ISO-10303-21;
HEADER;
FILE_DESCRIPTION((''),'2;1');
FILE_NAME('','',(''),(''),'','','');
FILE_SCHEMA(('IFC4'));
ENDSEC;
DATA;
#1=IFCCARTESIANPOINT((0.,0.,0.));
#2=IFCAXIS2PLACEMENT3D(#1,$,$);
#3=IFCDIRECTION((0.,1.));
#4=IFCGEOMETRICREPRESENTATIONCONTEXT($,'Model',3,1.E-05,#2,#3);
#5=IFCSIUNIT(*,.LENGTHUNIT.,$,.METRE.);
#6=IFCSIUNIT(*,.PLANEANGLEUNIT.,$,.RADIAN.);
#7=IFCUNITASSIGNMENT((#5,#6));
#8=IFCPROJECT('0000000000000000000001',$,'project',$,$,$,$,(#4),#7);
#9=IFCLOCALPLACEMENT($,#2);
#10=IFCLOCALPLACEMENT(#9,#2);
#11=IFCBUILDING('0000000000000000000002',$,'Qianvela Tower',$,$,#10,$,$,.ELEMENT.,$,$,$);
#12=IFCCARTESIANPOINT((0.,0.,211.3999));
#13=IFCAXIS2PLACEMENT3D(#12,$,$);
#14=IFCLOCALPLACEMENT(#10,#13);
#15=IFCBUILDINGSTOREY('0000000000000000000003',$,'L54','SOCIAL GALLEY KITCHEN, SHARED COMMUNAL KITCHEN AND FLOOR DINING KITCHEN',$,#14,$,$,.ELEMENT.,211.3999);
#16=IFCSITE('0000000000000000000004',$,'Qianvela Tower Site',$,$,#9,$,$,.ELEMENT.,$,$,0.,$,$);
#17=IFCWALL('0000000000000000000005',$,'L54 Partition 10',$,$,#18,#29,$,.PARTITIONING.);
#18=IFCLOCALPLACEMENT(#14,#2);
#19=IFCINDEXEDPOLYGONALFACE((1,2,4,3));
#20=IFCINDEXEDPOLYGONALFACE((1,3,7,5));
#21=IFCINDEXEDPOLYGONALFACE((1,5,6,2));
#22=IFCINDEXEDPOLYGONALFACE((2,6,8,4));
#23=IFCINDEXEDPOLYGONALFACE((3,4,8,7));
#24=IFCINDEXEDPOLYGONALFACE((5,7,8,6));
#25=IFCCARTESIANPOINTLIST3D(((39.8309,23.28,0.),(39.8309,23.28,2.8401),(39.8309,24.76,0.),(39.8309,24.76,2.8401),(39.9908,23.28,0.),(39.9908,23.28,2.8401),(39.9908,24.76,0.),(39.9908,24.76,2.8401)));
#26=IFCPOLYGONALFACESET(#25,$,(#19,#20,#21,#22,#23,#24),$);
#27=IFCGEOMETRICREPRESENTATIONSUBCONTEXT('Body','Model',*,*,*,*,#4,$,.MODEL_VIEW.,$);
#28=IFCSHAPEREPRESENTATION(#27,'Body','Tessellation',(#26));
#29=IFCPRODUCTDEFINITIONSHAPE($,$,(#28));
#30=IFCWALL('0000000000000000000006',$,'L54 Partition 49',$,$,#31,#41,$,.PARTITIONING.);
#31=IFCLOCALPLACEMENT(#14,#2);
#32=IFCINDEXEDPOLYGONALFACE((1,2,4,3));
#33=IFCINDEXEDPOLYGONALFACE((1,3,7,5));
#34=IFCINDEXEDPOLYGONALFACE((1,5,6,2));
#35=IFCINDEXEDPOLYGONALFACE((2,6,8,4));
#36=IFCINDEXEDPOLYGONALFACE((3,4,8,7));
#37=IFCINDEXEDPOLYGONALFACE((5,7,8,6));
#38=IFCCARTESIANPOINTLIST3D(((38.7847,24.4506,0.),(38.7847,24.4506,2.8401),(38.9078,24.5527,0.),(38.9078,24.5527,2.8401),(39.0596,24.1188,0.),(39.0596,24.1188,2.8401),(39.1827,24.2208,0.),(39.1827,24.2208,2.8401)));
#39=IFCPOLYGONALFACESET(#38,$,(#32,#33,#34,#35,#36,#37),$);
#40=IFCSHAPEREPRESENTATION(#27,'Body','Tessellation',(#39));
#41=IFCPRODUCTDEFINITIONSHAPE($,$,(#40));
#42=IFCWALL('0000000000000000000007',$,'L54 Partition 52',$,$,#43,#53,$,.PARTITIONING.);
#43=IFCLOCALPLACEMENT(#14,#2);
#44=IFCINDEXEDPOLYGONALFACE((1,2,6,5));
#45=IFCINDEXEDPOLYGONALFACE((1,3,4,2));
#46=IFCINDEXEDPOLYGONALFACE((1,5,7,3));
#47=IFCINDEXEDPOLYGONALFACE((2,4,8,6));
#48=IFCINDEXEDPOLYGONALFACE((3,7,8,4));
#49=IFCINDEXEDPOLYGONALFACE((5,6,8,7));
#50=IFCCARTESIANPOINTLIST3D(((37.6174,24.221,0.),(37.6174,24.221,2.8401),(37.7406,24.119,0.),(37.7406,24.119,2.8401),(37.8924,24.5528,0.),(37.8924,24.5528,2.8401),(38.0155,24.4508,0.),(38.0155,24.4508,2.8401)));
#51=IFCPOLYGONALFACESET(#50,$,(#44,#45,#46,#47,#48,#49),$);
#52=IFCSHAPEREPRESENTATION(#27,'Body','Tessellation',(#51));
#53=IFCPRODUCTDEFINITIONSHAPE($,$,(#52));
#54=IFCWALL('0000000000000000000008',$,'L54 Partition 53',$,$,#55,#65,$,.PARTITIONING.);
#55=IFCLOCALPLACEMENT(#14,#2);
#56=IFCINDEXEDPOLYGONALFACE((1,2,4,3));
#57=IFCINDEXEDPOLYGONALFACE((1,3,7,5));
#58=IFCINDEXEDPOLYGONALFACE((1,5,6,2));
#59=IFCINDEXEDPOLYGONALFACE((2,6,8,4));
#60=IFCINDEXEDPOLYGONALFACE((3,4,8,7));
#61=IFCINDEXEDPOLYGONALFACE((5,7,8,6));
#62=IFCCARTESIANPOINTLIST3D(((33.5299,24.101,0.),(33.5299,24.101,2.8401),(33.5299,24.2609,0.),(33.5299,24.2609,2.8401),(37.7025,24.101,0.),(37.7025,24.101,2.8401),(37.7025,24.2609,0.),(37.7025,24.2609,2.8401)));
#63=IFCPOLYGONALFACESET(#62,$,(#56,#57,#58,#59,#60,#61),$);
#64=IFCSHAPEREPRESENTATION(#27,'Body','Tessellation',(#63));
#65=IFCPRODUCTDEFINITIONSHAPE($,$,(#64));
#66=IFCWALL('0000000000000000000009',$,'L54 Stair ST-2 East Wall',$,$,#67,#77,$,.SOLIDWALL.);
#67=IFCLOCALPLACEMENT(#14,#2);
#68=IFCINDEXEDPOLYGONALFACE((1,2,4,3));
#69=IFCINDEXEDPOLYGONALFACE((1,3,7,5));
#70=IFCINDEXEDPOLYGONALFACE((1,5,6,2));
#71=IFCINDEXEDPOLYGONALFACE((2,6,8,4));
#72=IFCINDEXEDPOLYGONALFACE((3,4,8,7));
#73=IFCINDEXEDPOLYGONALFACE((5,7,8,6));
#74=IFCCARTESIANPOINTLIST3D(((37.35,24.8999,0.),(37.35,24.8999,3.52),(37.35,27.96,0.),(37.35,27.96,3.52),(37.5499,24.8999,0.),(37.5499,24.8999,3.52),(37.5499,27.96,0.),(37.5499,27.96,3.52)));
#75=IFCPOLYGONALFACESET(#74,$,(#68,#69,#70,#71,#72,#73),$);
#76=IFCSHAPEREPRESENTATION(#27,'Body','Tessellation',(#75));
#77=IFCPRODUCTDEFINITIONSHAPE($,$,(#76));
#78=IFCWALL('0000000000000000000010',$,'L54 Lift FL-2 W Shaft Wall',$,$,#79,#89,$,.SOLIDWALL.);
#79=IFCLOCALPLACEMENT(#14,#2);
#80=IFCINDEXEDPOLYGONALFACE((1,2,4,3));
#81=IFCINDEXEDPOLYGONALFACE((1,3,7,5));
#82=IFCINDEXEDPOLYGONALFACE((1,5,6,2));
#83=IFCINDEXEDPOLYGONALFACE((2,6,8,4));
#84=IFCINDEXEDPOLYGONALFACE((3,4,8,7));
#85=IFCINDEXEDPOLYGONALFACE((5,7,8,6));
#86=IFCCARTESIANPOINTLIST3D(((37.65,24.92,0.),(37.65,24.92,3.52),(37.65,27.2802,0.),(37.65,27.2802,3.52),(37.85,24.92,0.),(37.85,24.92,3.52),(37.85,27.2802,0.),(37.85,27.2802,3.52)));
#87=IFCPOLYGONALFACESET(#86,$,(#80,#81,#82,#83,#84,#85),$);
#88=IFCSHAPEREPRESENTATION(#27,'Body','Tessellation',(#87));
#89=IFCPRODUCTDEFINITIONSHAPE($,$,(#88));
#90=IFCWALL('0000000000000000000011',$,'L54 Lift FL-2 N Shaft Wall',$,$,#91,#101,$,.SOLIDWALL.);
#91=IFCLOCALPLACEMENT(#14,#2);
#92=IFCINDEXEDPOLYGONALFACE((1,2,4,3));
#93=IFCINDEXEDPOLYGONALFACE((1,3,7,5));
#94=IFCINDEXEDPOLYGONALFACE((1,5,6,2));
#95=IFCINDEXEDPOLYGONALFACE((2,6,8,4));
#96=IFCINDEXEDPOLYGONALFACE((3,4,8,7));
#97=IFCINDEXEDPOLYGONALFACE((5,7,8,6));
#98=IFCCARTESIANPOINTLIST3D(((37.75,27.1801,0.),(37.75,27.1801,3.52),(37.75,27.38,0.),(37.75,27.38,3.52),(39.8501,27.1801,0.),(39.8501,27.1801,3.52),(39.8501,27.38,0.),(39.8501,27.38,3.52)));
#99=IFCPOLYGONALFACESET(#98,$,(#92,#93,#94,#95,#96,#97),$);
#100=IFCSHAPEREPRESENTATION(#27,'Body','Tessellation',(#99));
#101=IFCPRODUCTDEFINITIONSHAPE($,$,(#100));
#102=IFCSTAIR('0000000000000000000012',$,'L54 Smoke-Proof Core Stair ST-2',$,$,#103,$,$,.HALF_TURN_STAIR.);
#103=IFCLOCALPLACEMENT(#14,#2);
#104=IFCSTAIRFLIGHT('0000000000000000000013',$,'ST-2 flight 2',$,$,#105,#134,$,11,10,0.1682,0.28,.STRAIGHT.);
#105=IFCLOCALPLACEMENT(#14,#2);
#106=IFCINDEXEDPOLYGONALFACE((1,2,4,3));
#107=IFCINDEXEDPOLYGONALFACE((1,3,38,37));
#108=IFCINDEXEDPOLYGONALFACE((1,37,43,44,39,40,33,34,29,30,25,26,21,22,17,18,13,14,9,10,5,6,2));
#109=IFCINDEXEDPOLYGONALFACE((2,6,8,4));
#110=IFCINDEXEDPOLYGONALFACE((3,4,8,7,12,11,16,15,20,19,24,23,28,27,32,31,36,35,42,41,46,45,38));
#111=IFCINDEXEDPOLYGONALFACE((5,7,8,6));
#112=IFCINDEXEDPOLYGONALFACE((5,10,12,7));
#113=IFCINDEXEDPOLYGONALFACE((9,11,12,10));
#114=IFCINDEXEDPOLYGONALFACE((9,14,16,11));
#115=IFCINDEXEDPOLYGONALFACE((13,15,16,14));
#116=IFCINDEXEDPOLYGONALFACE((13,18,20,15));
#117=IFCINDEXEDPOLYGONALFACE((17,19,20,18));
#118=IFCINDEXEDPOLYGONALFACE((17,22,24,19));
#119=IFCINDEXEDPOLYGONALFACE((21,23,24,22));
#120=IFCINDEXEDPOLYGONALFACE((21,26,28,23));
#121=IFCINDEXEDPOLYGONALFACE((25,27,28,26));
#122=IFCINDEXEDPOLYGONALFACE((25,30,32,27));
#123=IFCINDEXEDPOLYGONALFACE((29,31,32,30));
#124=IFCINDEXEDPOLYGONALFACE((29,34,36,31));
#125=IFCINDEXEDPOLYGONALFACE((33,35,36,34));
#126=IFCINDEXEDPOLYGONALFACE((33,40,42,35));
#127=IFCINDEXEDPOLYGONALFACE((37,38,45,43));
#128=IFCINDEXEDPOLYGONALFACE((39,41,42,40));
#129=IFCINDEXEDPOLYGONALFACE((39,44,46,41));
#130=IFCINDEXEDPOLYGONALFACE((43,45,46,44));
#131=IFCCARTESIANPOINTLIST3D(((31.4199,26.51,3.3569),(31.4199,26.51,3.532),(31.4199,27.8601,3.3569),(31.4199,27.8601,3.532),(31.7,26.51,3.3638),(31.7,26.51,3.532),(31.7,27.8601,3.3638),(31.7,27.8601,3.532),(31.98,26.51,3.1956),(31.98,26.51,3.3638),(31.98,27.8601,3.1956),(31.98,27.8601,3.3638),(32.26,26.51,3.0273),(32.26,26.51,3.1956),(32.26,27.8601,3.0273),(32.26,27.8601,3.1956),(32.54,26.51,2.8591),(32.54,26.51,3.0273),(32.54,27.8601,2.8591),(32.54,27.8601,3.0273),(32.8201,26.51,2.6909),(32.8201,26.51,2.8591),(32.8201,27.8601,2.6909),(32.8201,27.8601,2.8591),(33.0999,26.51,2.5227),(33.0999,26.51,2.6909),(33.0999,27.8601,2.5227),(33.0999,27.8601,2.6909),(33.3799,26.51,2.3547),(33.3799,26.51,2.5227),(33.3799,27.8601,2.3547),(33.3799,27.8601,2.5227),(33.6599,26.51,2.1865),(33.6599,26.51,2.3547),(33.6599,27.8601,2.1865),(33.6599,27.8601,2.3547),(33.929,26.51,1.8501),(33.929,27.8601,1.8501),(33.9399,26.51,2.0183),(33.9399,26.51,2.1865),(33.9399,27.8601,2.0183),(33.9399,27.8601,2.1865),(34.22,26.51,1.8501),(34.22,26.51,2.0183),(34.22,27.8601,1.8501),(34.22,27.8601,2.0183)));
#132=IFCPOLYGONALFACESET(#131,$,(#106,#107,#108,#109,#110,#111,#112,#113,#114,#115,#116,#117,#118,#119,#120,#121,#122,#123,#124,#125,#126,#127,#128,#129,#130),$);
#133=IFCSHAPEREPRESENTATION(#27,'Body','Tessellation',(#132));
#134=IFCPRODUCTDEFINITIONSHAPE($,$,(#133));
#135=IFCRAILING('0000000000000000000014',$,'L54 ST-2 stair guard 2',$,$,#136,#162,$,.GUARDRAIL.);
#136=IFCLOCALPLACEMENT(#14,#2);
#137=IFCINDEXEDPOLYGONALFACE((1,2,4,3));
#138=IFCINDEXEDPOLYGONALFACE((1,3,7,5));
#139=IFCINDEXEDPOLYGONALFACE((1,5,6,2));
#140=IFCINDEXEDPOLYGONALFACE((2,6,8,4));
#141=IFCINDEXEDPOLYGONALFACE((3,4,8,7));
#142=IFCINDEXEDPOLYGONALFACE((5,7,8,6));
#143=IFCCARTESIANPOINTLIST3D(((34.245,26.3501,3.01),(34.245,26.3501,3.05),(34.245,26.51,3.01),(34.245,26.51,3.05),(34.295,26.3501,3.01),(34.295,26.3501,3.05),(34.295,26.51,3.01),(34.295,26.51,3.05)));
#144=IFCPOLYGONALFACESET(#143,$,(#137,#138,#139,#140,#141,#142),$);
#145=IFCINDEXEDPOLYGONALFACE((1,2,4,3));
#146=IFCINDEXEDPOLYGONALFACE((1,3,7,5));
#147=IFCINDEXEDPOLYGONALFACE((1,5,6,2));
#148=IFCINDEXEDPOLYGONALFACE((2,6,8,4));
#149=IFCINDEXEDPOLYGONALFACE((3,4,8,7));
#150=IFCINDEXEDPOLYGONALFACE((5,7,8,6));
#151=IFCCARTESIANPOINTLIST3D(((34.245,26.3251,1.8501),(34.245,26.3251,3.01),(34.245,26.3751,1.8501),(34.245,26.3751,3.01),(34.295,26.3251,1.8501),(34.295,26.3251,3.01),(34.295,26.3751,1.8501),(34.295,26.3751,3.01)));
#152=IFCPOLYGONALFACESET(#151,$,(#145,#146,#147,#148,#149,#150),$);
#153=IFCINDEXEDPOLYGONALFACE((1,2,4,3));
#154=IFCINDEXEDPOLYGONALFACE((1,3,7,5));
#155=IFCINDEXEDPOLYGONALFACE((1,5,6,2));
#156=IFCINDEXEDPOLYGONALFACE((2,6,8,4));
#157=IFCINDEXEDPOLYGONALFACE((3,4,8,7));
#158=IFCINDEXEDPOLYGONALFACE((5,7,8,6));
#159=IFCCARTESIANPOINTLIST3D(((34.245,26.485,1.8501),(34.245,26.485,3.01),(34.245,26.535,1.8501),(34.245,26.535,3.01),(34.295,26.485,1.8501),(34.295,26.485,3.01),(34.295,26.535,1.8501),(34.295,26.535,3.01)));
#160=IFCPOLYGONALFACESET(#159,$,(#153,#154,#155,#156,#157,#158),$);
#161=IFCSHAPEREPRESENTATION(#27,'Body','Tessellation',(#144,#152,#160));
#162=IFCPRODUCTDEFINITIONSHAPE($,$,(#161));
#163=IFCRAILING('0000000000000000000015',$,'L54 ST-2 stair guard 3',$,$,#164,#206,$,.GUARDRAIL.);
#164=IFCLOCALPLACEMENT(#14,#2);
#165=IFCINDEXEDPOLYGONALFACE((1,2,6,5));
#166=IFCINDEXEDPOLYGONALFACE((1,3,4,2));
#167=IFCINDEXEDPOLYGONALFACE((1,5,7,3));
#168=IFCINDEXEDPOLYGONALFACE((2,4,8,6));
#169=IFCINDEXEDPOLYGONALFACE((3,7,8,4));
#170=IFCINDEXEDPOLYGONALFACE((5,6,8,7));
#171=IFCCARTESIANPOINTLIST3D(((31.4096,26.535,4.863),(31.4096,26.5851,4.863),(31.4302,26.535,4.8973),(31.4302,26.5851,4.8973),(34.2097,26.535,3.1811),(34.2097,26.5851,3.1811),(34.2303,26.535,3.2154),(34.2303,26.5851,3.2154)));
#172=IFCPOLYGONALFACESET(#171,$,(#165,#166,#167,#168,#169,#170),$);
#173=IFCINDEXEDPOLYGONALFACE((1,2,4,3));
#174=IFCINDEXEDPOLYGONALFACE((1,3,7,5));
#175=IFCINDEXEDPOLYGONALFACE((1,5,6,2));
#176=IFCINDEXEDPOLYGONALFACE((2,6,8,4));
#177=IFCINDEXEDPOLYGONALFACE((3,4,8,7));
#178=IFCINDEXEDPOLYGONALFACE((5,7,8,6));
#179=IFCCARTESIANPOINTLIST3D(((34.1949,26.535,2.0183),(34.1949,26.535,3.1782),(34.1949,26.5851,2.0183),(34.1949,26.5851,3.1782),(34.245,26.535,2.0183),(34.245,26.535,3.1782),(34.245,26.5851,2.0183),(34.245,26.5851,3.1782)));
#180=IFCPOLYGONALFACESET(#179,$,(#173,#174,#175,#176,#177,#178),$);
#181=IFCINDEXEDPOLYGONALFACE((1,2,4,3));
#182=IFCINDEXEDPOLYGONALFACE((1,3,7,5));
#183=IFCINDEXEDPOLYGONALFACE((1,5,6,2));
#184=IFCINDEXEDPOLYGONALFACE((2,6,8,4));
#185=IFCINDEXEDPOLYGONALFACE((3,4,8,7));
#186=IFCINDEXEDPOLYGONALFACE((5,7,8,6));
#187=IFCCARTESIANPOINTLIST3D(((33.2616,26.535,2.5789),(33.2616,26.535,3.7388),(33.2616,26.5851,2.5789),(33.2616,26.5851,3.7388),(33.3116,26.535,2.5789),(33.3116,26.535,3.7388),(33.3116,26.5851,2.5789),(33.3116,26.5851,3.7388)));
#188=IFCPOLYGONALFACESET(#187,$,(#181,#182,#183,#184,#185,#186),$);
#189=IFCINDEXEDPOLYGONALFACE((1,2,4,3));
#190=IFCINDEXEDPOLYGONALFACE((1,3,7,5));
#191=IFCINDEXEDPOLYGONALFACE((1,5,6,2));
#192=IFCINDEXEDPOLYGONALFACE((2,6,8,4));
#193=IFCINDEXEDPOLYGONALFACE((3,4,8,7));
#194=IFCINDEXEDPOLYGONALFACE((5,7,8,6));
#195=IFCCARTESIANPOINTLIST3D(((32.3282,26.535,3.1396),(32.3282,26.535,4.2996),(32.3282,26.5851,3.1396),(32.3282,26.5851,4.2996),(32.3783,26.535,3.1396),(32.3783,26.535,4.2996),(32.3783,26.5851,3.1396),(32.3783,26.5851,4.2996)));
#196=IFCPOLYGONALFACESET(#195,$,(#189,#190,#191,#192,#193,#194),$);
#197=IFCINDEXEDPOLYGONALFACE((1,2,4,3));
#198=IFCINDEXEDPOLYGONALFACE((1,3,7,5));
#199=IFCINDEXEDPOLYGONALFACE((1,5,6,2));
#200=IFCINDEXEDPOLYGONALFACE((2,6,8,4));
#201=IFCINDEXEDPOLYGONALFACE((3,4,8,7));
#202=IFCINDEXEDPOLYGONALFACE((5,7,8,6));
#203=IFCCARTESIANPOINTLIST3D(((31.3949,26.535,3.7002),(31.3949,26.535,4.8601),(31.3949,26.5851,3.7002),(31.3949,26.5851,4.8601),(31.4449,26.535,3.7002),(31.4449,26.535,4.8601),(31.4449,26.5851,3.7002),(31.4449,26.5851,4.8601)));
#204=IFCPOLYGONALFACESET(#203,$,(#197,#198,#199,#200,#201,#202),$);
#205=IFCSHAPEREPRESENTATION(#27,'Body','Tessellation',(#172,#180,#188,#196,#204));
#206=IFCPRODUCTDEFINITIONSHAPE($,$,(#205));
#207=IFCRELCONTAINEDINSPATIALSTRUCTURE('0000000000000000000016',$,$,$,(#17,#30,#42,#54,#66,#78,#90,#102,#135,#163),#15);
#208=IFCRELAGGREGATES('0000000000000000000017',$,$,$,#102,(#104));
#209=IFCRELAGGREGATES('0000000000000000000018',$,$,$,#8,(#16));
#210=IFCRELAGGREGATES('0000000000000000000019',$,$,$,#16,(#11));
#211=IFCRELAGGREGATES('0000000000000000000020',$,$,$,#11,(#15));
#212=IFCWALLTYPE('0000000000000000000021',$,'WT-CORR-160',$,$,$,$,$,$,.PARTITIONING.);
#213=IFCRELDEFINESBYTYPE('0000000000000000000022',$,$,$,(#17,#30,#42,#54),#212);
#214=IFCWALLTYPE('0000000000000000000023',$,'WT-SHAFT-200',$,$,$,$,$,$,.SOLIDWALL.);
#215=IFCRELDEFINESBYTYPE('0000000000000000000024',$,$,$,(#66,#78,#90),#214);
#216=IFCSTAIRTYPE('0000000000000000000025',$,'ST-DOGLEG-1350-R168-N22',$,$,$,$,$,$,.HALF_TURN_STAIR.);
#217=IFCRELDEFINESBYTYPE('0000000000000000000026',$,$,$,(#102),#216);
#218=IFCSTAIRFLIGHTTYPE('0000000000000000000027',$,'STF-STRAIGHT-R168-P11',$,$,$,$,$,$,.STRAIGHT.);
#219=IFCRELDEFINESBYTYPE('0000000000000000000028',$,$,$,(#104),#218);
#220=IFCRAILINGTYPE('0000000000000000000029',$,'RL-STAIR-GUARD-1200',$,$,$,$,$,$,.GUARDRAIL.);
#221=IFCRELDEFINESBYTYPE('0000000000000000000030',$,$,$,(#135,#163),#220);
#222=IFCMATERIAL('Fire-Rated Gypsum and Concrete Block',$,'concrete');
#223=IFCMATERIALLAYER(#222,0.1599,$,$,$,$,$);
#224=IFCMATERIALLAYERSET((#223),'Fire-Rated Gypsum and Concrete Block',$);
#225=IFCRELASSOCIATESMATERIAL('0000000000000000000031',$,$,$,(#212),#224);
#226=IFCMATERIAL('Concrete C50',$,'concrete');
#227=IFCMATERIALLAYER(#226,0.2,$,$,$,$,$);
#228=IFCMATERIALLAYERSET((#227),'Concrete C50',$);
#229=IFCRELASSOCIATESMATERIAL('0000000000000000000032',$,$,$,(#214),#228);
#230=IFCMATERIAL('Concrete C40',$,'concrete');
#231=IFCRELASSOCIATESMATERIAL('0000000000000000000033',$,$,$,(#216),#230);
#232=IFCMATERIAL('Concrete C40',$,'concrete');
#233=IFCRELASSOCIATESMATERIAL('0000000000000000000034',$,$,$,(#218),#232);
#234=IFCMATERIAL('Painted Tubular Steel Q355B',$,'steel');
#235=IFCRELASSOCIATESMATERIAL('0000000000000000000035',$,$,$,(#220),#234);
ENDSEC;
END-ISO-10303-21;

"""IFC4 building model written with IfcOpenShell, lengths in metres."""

from ifc_helpers import new_model, si_unit, direction, frame, frame_2d, origin, origin_2d, place, context, subcontext, project, spatial, polyline, rectangle, outline, extrude, material, layer, layer_set, type_object, element, aggregate, save


model = new_model("IFC4")

# Units and contexts
model_context = context("Model", 3, precision=1e-05, world=origin(), true_north=direction((0.0, 1.0)))
body_context = subcontext(model_context, "Body", "Model", "MODEL_VIEW")
ifc_project = project(units=[si_unit("LENGTHUNIT", "METRE"), si_unit("PLANEANGLEUNIT", "RADIAN")], contexts=[model_context])

# Site, building, storey
site_placement = place(None, origin())
site = spatial("IfcSite", under=ifc_project, at=site_placement, Name="Qianvela Tower Site", CompositionType="ELEMENT", RefElevation=0.0)
building_placement = place(site_placement, origin())
building = spatial("IfcBuilding", under=site, at=building_placement, Name="Qianvela Tower", CompositionType="ELEMENT")
storey_placement = place(building_placement, frame((0.0, 0.0, 211.3999)))
storey = spatial("IfcBuildingStorey", under=building, at=storey_placement, Name="L54", Description="SOCIAL GALLEY KITCHEN, SHARED COMMUNAL KITCHEN AND FLOOR DINING KITCHEN", CompositionType="ELEMENT", Elevation=211.3999)

# Shared definitions
ifc_material_1 = material(Name="Fire-Rated Gypsum and Concrete Block", Category="concrete")
ifc_layer_1 = layer(ifc_material_1, 0.1599)
ifc_layer_set_1 = layer_set([ifc_layer_1], Name="Fire-Rated Gypsum and Concrete Block")
wall_type_1 = type_object("IfcWallType", Name="WT-CORR-160", PredefinedType="PARTITIONING", material=ifc_layer_set_1)

# Walls
wall_1_placement = place(storey_placement, frame((39.9109, 23.28, 0.0), z_axis=(0.0, 0.0, 1.0), x_axis=(0.0, 1.0, 0.0)))
element("IfcWall", 1, at=wall_1_placement, inside=storey, type_object=wall_type_1, Name="L54 Partition 10", PredefinedType="PARTITIONING", context=body_context, shape_type="SweptSolid", body=[
    extrude(rectangle(XDim=1.48, YDim=0.1599, at=frame_2d((0.74, 0.0))), origin(), (0.0, 0.0, 1.0), 2.8401),
])
for number, where, z_axis, x_axis, name in (
    (2, (39.1211, 24.1699, 0.0), (0.0, 0.0, 1.0), (-0.638008, 0.77003, 0.0), "L54 Partition 49"),
    (3, (37.9539, 24.5017, 0.0), (0.0, 0.0, 1.0), (-0.638008, -0.77003, 0.0), "L54 Partition 52"),
):
    element("IfcWall", number, at=place(storey_placement, frame(where, z_axis=z_axis, x_axis=x_axis)), inside=storey, type_object=wall_type_1, Name=name, PredefinedType="PARTITIONING", context=body_context, shape_type="SweptSolid", body=[
        extrude(rectangle(XDim=0.4309, YDim=0.1599, at=frame_2d((0.2153, 0.0))), origin(), (0.0, 0.0, 1.0), 2.8401),
    ])
wall_2_placement = place(storey_placement, frame((37.7026, 24.1809, 0.0), z_axis=(0.0, 0.0, 1.0), x_axis=(-1.0, 0.0, 0.0)))
element("IfcWall", 4, at=wall_2_placement, inside=storey, type_object=wall_type_1, Name="L54 Partition 53", PredefinedType="PARTITIONING", context=body_context, shape_type="SweptSolid", body=[
    extrude(rectangle(XDim=4.1726, YDim=0.1599, at=frame_2d((2.0864, 0.0))), origin(), (0.0, 0.0, 1.0), 2.8401),
])
ifc_material_2 = material(Name="Concrete C50", Category="concrete")
ifc_layer_2 = layer(ifc_material_2, 0.2)
ifc_layer_set_2 = layer_set([ifc_layer_2], Name="Concrete C50")
wall_type_2 = type_object("IfcWallType", Name="WT-SHAFT-200", PredefinedType="SOLIDWALL", material=ifc_layer_set_2)
wall_3_placement = place(storey_placement, frame((37.45, 24.8999, 0.0), z_axis=(0.0, 0.0, 1.0), x_axis=(0.0, 1.0, 0.0)))
element("IfcWall", 5, at=wall_3_placement, inside=storey, type_object=wall_type_2, Name="L54 Stair ST-2 East Wall", PredefinedType="SOLIDWALL", context=body_context, shape_type="SweptSolid", body=[
    extrude(rectangle(XDim=3.0601, YDim=0.2, at=frame_2d((1.53, 0.0))), origin(), (0.0, 0.0, 1.0), 3.52),
])

# Walls
wall_4_placement = place(storey_placement, frame((37.75, 24.9199, 0.0), z_axis=(0.0, 0.0, 1.0), x_axis=(0.0, 1.0, 0.0)))
element("IfcWall", 6, at=wall_4_placement, inside=storey, type_object=wall_type_2, Name="L54 Lift FL-2 W Shaft Wall", PredefinedType="SOLIDWALL", context=body_context, shape_type="SweptSolid", body=[
    extrude(rectangle(XDim=2.3601, YDim=0.2, at=frame_2d((1.1802, 0.0))), origin(), (0.0, 0.0, 1.0), 3.52),
])
wall_5_placement = place(storey_placement, frame((37.75, 27.28, 0.0), z_axis=(0.0, 0.0, 1.0), x_axis=(1.0, 0.0, 0.0)))
element("IfcWall", 7, at=wall_5_placement, inside=storey, type_object=wall_type_2, Name="L54 Lift FL-2 N Shaft Wall", PredefinedType="SOLIDWALL", context=body_context, shape_type="SweptSolid", body=[
    extrude(rectangle(XDim=2.1001, YDim=0.2, at=frame_2d((1.05, 0.0))), origin(), (0.0, 0.0, 1.0), 3.52),
])

# Stair, stair flight
ifc_material_3 = material(Name="Concrete C40", Category="concrete")
stair_type = type_object("IfcStairType", Name="ST-DOGLEG-1350-R168-N22", PredefinedType="HALF_TURN_STAIR", material=ifc_material_3)
stair_placement = place(storey_placement, origin())
stair = element("IfcStair", 8, at=stair_placement, inside=storey, type_object=stair_type, Name="L54 Smoke-Proof Core Stair ST-2", PredefinedType="HALF_TURN_STAIR")
ifc_material_4 = material(Name="Concrete C40", Category="concrete")
stair_flight_type = type_object("IfcStairFlightType", Name="STF-STRAIGHT-R168-P11", PredefinedType="STRAIGHT", material=ifc_material_4)
stair_flight_placement = place(storey_placement, frame((34.22, 27.1851, 1.8501), z_axis=(0.0, 0.0, 1.0), x_axis=(-1.0, 0.0, 0.0)))
stair_flight = element("IfcStairFlight", 9, at=stair_flight_placement, type_object=stair_flight_type, Name="ST-2 flight 2", NumberOfRisers=11, NumberOfTreads=10, PredefinedType="STRAIGHT", RiserHeight=0.1682, TreadLength=0.28, context=body_context, shape_type="SweptSolid", body=[
    extrude(outline(polyline([(0.0, 0.0), (0.0, 0.1682), (0.28, 0.1682), (0.28, 0.3364), (0.5601, 0.3364), (0.5601, 0.5046), (0.8401, 0.5046), (0.8401, 0.6726), (1.1201, 0.6726), (1.1201, 0.8408), (1.3999, 0.8408), (1.3999, 1.009), (1.6799, 1.009), (1.6799, 1.1772), (1.96, 1.1772), (1.96, 1.3455), (2.24, 1.3455), (2.24, 1.5137), (2.52, 1.5137), (2.52, 1.6819), (2.8, 1.6819), (2.8, 1.8501), (2.8, 1.5068), (0.291, 0.0), (0.0, 0.0)])), frame((0.0, 0.675, 0.0), z_axis=(0.0, -1.0, 0.0), x_axis=(1.0, 0.0, 0.0)), (0.0, 0.0, 1.0), 1.3501),
])
aggregate(stair, [stair_flight])

# Railings
ifc_material_5 = material(Name="Painted Tubular Steel Q355B", Category="steel")
railing_type = type_object("IfcRailingType", Name="RL-STAIR-GUARD-1200", PredefinedType="GUARDRAIL", material=ifc_material_5)
railing_1_placement = place(storey_placement, frame((34.27, 26.3501, 1.8501)))
element("IfcRailing", 10, at=railing_1_placement, inside=storey, type_object=railing_type, Name="L54 ST-2 stair guard 2", PredefinedType="GUARDRAIL", context=body_context, shape_type="SweptSolid", body=[
    extrude(rectangle(XDim=0.05, YDim=0.04, at=origin_2d()), frame((0.0, 0.0, 1.1799), z_axis=(0.0, 1.0, 0.0), x_axis=(-1.0, 0.0, 0.0)), (0.0, 0.0, 1.0), 0.1599),
    extrude(rectangle(XDim=0.05, YDim=0.05, at=origin_2d()), origin(), (0.0, 0.0, 1.0), 1.1599),
    extrude(rectangle(XDim=0.05, YDim=0.05, at=origin_2d()), frame((0.0, 0.1599, 0.0)), (0.0, 0.0, 1.0), 1.1599),
])
railing_2_placement = place(storey_placement, frame((34.22, 26.5601, 2.0183)))
element("IfcRailing", 11, at=railing_2_placement, inside=storey, type_object=railing_type, Name="L54 ST-2 stair guard 3", PredefinedType="GUARDRAIL", context=body_context, shape_type="SweptSolid", body=[
    extrude(rectangle(XDim=0.05, YDim=0.04, at=origin_2d()), frame((0.0, 0.0, 1.1799), z_axis=(-0.857242, 0.0, 0.514913), x_axis=(0.0, -1.0, 0.0)), (0.0, 0.0, 1.0), 3.2664),
    extrude(rectangle(XDim=0.05, YDim=0.05, at=origin_2d()), origin(), (0.0, 0.0, 1.0), 1.1599),
    extrude(rectangle(XDim=0.05, YDim=0.05, at=origin_2d()), frame((-0.9333, 0.0, 0.5605)), (0.0, 0.0, 1.0), 1.1599),
    extrude(rectangle(XDim=0.05, YDim=0.05, at=origin_2d()), frame((-1.8667, 0.0, 1.1213)), (0.0, 0.0, 1.0), 1.1599),
    extrude(rectangle(XDim=0.05, YDim=0.05, at=origin_2d()), frame((-2.8, 0.0, 1.6819)), (0.0, 0.0, 1.0), 1.1599),
])

save(model, "model.ifc")
